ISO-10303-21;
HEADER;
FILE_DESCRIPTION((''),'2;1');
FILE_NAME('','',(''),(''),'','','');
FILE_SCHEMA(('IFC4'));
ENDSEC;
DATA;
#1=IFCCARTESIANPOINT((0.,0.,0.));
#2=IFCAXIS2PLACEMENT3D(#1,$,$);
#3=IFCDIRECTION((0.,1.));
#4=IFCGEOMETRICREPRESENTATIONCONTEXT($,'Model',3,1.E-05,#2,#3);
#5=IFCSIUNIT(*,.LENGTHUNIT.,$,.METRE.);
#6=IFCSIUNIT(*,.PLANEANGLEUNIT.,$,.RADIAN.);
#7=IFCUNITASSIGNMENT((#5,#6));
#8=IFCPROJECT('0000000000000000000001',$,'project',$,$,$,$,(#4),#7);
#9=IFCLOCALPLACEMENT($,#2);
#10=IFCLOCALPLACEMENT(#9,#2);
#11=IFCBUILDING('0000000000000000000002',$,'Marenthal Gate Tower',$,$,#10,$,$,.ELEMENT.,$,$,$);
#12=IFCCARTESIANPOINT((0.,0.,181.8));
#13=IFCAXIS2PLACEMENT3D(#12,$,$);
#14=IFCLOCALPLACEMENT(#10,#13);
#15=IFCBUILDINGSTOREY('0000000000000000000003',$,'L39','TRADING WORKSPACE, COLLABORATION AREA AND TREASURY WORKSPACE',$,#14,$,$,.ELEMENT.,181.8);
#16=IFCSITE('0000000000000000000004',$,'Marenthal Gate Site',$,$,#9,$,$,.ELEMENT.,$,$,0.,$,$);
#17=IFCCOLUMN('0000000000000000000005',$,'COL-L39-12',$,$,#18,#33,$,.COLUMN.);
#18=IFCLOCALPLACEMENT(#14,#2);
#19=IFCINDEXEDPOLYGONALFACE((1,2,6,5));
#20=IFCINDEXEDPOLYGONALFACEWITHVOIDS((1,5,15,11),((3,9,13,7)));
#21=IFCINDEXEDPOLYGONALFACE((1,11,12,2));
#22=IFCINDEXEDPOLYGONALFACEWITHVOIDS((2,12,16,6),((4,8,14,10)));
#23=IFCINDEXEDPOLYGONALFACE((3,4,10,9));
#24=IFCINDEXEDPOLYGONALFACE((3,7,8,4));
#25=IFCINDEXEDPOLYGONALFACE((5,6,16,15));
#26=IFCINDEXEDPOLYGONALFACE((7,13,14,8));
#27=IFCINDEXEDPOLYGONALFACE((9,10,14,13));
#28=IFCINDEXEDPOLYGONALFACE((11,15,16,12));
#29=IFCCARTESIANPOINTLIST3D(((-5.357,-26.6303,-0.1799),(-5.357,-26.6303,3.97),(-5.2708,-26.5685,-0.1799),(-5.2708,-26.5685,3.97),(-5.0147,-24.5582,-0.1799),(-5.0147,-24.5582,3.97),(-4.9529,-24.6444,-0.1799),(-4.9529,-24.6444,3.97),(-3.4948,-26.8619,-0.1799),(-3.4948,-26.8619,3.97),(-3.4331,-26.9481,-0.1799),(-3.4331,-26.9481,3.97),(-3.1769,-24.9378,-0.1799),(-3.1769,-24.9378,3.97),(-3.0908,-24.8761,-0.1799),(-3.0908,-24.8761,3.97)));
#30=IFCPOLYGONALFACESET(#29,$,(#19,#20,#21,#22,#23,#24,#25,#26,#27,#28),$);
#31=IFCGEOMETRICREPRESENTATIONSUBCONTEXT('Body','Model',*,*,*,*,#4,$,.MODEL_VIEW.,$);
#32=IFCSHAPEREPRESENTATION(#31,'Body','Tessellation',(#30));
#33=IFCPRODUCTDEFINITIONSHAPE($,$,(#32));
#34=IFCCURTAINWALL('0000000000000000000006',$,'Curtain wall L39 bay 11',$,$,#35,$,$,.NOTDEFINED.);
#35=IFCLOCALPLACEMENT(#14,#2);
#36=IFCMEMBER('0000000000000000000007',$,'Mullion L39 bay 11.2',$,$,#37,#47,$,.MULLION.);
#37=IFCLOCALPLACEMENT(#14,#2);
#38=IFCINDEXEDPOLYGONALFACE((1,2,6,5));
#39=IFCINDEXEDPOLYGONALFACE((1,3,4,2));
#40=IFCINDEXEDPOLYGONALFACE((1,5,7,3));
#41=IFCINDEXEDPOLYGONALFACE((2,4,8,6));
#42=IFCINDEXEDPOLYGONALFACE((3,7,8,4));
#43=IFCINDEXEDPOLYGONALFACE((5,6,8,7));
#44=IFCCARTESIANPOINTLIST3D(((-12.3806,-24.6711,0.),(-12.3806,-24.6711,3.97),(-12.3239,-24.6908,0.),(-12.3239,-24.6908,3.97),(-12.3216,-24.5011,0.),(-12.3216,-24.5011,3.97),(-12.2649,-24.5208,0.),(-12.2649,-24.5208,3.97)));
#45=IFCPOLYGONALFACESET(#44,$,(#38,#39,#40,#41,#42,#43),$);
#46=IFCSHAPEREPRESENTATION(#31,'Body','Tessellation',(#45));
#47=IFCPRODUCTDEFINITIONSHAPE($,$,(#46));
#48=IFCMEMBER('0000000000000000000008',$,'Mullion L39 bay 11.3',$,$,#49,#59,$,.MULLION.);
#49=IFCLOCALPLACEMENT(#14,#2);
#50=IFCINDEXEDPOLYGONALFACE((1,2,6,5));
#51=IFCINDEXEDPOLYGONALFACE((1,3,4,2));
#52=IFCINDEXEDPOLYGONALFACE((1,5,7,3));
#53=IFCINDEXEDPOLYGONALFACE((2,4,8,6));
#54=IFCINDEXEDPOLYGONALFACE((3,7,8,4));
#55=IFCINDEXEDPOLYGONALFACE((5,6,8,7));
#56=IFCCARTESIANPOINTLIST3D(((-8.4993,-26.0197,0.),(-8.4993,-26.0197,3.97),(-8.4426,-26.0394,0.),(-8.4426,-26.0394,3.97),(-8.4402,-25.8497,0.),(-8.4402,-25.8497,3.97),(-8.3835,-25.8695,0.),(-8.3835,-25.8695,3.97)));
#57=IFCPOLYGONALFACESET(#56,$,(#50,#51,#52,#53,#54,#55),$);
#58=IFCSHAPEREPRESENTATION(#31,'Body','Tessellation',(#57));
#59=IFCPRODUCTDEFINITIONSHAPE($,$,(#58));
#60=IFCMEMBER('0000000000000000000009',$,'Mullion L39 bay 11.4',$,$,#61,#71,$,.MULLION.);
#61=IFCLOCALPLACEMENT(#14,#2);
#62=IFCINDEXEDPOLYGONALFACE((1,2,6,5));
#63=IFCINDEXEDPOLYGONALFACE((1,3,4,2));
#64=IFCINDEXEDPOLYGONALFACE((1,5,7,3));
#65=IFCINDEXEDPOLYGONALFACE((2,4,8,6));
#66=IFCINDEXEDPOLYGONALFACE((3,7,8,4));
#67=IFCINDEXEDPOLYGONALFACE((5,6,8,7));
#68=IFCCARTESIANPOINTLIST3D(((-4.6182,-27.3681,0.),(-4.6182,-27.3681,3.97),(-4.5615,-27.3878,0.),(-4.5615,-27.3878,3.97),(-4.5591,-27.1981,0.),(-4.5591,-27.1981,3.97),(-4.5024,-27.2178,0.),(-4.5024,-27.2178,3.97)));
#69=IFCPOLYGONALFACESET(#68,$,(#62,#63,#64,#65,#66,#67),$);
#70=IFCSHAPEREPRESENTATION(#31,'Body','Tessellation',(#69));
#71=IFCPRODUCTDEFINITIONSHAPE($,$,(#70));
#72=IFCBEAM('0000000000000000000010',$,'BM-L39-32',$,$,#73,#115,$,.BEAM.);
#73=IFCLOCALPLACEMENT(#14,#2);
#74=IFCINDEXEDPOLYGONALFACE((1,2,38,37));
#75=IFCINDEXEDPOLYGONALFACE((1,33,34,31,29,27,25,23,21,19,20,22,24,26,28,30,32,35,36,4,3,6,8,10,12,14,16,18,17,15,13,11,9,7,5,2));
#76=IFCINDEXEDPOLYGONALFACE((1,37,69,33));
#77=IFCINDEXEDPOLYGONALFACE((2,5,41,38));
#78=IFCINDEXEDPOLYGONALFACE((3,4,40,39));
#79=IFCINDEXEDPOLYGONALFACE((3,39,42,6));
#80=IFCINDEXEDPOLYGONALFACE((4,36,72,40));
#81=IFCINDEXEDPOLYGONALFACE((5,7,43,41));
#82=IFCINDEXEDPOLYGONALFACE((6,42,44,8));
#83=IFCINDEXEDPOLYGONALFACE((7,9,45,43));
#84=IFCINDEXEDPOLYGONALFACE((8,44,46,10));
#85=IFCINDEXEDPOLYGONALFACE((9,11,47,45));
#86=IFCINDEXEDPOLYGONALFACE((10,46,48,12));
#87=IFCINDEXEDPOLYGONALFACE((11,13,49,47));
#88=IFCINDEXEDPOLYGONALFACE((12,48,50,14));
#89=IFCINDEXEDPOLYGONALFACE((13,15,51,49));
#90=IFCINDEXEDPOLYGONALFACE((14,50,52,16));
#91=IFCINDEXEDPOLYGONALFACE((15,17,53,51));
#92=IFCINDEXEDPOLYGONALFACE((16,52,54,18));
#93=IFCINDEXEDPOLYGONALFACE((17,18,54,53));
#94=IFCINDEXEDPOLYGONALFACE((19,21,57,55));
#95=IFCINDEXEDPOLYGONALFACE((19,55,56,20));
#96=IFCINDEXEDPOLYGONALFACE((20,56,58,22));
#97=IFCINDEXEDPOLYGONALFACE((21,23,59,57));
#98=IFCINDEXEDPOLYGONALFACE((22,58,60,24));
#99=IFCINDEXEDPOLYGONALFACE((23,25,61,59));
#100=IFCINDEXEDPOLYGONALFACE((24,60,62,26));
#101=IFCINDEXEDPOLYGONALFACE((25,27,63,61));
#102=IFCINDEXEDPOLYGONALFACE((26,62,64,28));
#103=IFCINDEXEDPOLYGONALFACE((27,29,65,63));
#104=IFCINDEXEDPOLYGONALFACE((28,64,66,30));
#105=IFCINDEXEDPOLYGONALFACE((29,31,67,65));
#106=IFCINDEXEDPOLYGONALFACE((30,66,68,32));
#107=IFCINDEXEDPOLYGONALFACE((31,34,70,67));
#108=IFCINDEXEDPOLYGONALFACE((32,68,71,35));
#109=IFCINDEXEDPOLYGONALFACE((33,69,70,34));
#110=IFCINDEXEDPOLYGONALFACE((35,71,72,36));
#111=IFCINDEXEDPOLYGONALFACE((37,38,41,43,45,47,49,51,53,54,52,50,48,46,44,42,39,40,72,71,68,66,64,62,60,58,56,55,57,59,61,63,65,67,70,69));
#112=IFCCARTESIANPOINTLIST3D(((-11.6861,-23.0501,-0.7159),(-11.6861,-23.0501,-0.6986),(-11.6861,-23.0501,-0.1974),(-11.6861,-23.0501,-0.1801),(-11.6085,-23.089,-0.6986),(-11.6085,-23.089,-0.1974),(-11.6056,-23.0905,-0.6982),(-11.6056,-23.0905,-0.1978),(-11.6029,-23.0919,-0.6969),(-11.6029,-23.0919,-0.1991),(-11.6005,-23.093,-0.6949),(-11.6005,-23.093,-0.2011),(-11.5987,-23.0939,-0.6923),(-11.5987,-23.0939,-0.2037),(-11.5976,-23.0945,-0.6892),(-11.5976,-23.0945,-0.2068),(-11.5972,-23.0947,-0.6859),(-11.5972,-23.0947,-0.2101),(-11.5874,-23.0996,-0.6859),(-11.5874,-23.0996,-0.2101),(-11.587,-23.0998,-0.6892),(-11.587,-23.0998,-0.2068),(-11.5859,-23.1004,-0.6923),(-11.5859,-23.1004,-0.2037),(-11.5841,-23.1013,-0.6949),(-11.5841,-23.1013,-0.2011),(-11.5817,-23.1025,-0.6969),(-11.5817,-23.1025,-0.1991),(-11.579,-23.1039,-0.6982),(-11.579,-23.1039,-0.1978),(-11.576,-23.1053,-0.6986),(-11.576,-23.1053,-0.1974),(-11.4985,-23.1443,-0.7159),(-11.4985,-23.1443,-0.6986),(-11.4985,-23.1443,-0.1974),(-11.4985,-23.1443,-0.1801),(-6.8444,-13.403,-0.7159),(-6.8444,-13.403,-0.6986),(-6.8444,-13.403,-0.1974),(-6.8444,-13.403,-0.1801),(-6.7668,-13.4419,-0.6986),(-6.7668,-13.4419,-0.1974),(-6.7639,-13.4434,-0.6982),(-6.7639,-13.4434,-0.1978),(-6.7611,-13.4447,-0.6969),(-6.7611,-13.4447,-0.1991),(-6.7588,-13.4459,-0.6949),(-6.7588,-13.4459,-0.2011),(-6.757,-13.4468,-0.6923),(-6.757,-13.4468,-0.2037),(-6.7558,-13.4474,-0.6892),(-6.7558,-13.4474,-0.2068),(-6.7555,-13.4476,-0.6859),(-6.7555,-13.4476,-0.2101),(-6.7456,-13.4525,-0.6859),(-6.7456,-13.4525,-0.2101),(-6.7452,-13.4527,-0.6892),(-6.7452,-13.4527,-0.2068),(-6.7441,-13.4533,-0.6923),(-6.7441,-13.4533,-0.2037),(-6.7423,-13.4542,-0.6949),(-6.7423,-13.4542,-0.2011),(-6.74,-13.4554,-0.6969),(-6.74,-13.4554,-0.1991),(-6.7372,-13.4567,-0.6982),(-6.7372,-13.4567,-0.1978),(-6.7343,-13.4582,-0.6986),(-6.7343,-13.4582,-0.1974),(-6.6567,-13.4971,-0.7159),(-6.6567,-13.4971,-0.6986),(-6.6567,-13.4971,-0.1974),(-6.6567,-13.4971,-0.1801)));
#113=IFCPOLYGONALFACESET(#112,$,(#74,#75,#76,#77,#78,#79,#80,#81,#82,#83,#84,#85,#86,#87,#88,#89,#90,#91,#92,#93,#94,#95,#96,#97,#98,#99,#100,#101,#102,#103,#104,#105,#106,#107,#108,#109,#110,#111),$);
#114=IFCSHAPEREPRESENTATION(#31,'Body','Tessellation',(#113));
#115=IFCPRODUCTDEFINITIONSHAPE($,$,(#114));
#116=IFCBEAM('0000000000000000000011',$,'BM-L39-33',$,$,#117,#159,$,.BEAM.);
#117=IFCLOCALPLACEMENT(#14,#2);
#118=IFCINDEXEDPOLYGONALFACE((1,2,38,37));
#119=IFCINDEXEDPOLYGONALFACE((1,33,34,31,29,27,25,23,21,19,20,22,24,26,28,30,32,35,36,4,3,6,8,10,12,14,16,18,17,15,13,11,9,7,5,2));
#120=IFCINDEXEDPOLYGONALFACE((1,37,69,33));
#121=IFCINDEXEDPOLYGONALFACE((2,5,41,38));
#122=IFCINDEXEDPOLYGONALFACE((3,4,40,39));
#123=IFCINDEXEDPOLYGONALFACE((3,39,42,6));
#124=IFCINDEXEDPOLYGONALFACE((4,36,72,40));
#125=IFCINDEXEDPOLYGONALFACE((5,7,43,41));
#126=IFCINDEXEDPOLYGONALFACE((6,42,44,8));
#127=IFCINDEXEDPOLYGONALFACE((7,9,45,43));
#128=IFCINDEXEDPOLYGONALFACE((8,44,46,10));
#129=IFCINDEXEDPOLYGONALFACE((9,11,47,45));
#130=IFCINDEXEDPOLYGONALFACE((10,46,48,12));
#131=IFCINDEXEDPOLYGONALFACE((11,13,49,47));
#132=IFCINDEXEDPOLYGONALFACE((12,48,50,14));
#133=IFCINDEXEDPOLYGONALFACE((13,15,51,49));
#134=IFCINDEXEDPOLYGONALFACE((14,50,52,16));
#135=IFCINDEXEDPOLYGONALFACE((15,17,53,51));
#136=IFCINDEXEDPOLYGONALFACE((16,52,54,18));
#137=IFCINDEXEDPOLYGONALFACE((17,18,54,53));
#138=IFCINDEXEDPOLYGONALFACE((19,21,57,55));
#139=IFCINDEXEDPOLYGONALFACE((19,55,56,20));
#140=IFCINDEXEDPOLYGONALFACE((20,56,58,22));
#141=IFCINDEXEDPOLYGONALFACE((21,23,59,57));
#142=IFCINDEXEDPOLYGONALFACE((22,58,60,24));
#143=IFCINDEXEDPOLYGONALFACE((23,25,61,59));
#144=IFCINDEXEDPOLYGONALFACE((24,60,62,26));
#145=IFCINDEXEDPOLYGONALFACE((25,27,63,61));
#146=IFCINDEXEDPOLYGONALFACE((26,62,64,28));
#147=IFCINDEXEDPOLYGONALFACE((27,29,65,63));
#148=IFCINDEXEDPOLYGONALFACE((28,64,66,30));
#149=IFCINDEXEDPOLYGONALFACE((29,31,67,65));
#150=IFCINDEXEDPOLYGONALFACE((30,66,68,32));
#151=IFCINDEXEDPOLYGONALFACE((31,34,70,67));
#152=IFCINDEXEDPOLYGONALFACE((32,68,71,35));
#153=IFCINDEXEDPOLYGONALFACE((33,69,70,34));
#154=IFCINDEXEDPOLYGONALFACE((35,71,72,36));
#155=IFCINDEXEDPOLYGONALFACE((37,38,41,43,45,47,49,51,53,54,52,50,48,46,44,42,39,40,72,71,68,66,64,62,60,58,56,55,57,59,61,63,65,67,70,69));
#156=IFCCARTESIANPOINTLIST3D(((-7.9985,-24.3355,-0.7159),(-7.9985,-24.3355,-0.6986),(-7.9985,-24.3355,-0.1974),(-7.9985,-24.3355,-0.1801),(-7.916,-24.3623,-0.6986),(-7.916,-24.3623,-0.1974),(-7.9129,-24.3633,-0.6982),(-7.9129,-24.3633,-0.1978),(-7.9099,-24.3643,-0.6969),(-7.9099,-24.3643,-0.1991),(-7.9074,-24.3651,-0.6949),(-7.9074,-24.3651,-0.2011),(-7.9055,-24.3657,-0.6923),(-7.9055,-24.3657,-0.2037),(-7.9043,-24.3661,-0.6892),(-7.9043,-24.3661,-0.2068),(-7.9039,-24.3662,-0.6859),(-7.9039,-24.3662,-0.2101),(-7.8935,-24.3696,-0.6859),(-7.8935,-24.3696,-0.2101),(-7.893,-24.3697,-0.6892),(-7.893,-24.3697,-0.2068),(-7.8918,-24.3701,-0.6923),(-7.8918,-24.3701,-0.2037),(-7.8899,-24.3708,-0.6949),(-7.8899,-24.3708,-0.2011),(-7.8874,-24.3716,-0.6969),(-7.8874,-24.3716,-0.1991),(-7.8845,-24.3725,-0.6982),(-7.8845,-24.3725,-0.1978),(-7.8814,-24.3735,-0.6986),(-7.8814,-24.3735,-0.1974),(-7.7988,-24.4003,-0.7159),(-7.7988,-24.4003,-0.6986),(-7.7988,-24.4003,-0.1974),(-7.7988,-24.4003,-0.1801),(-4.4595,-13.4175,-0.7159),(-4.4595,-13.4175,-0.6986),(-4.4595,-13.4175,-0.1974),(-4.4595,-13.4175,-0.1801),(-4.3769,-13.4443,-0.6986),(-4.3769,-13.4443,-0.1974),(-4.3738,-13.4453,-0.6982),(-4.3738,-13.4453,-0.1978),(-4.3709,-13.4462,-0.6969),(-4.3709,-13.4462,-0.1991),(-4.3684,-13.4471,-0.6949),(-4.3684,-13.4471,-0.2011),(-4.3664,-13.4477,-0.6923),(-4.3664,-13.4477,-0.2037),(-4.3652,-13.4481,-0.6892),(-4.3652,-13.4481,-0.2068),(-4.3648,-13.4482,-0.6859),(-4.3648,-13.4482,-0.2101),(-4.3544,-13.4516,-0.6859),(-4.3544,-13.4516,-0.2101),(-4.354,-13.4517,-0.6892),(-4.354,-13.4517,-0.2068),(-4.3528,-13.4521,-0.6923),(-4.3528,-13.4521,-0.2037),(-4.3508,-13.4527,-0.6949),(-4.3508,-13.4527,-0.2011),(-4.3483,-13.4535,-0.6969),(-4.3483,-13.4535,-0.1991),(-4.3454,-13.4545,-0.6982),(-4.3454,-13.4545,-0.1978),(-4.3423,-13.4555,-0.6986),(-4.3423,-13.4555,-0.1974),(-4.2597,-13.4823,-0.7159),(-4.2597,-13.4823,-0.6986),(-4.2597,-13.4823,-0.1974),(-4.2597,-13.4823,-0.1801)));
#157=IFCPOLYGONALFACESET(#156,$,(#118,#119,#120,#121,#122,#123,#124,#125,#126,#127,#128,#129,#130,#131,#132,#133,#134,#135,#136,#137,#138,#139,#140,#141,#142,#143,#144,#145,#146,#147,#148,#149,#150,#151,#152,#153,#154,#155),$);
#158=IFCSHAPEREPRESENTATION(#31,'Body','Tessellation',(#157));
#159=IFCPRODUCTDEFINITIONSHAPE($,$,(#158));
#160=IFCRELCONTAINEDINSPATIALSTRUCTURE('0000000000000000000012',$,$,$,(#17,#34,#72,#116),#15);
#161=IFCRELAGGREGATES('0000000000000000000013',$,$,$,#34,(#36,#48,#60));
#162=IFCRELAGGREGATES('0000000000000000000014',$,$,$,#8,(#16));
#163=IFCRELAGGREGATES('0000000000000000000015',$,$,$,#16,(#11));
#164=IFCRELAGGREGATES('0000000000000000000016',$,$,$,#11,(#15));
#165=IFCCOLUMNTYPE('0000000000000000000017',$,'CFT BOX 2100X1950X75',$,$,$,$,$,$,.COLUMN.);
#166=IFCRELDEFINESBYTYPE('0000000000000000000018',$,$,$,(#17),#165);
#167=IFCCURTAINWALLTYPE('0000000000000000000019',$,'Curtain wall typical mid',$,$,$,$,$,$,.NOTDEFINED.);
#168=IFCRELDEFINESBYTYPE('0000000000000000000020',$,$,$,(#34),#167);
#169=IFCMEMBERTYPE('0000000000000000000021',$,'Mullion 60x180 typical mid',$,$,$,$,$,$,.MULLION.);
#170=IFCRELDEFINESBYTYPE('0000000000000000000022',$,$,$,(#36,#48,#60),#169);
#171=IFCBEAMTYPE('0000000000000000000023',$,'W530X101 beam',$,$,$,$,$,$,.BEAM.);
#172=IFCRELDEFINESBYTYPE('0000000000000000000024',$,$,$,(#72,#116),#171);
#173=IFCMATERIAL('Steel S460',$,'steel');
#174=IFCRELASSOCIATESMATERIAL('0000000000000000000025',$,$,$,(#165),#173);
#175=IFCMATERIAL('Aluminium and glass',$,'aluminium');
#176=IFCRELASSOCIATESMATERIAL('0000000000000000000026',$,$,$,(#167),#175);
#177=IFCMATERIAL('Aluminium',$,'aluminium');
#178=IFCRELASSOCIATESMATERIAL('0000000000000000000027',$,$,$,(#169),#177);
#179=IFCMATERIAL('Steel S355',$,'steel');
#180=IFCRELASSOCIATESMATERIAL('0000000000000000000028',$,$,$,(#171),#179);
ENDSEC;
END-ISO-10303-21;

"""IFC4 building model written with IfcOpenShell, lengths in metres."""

from ifc_helpers import new_model, si_unit, direction, frame, origin, origin_2d, place, context, subcontext, project, spatial, rectangle, hollow_rectangle, i_section, extrude, material, material_profile, profile_set, type_object, element, aggregate, save


model = new_model("IFC4")

# Units and contexts
model_context = context("Model", 3, precision=1e-05, world=origin(), true_north=direction((0.0, 1.0)))
body_context = subcontext(model_context, "Body", "Model", "MODEL_VIEW")
ifc_project = project(units=[si_unit("LENGTHUNIT", "METRE"), si_unit("PLANEANGLEUNIT", "RADIAN")], contexts=[model_context])

# Site, building, storey
site_placement = place(None, origin())
site = spatial("IfcSite", under=ifc_project, at=site_placement, Name="Marenthal Gate Site", CompositionType="ELEMENT", RefElevation=0.0)
building_placement = place(site_placement, origin())
building = spatial("IfcBuilding", under=site, at=building_placement, Name="Marenthal Gate Tower", CompositionType="ELEMENT")
storey_placement = place(building_placement, frame((0.0, 0.0, 181.8)))
storey = spatial("IfcBuildingStorey", under=building, at=storey_placement, Name="L39", Description="TRADING WORKSPACE, COLLABORATION AREA AND TREASURY WORKSPACE", CompositionType="ELEMENT", Elevation=181.8)

# Column
ifc_material_1 = material(Name="Steel S460", Category="steel")
ifc_material_profile_1 = material_profile(ifc_material_1, hollow_rectangle(XDim=1.95, YDim=2.1001, WallThickness=0.075, at=origin_2d()), Name="CFT BOX 2100X1950X75")
ifc_material_2 = material(Name="Concrete 70 MPa", Category="concrete")
ifc_material_profile_2 = material_profile(ifc_material_2, rectangle(XDim=1.8, YDim=1.95, at=origin_2d()), Name="CFT BOX 2100X1950X75 INFILL")
ifc_profile_set_1 = profile_set([ifc_material_profile_1, ifc_material_profile_2], Name="Steel S460 shell, Concrete 70 MPa infill")
column_type = type_object("IfcColumnType", Name="CFT BOX 2100X1950X75", PredefinedType="COLUMN", material=ifc_profile_set_1)
column_placement = place(storey_placement, frame((-4.2239, -25.7532, -0.1799), z_axis=(0.0, 0.0, 1.0), x_axis=(-0.986625, 0.163004, 0.0)))
element("IfcColumn", 1, at=column_placement, inside=storey, type_object=column_type, Name="COL-L39-12", PredefinedType="COLUMN", context=body_context, shape_type="SweptSolid", body=[
    extrude(hollow_rectangle(XDim=1.95, YDim=2.1001, WallThickness=0.075, at=origin_2d()), origin(), (0.0, 0.0, 1.0), 4.1499),
])

# Curtain wall, members
ifc_material_3 = material(Name="Aluminium and glass", Category="aluminium")
curtain_wall_type = type_object("IfcCurtainWallType", Name="Curtain wall typical mid", PredefinedType="NOTDEFINED", material=ifc_material_3)
curtain_wall_placement = place(storey_placement, origin())
curtain_wall = element("IfcCurtainWall", 2, at=curtain_wall_placement, inside=storey, type_object=curtain_wall_type, Name="Curtain wall L39 bay 11", PredefinedType="NOTDEFINED")
ifc_material_4 = material(Name="Aluminium", Category="aluminium")
ifc_material_profile_3 = material_profile(ifc_material_4, rectangle(XDim=0.1799, YDim=0.0601, at=origin_2d()), Name="60x180 aluminium mullion")
ifc_profile_set_2 = profile_set([ifc_material_profile_3], Name="Aluminium")
member_type = type_object("IfcMemberType", Name="Mullion 60x180 typical mid", PredefinedType="MULLION", material=ifc_profile_set_2)
member_1_placement = place(storey_placement, frame((-12.3228, -24.5959, 0.0), z_axis=(0.0, 0.0, 1.0), x_axis=(0.328211, 0.944604, 0.0)))
member_1 = element("IfcMember", 3, at=member_1_placement, type_object=member_type, Name="Mullion L39 bay 11.2", PredefinedType="MULLION", context=body_context, shape_type="SweptSolid", body=[
    extrude(rectangle(XDim=0.1799, YDim=0.0601, at=origin_2d()), origin(), (0.0, 0.0, 1.0), 3.97),
])
member_2_placement = place(storey_placement, frame((-8.4414, -25.9446, 0.0), z_axis=(0.0, 0.0, 1.0), x_axis=(0.328211, 0.944604, 0.0)))
member_2 = element("IfcMember", 4, at=member_2_placement, type_object=member_type, Name="Mullion L39 bay 11.3", PredefinedType="MULLION", context=body_context, shape_type="SweptSolid", body=[
    extrude(rectangle(XDim=0.1799, YDim=0.0601, at=origin_2d()), origin(), (0.0, 0.0, 1.0), 3.97),
])
member_3_placement = place(storey_placement, frame((-4.5603, -27.293, 0.0), z_axis=(0.0, 0.0, 1.0), x_axis=(0.328211, 0.944604, 0.0)))
member_3 = element("IfcMember", 5, at=member_3_placement, type_object=member_type, Name="Mullion L39 bay 11.4", PredefinedType="MULLION", context=body_context, shape_type="SweptSolid", body=[
    extrude(rectangle(XDim=0.1799, YDim=0.0601, at=origin_2d()), origin(), (0.0, 0.0, 1.0), 3.97),
])

# Beams
ifc_material_5 = material(Name="Steel S355", Category="steel")
ifc_material_profile_4 = material_profile(ifc_material_5, i_section(OverallWidth=0.21, OverallDepth=0.5359, WebThickness=0.011, FlangeThickness=0.0173, FilletRadius=0.0127, at=origin_2d()), Name="W530X101")
ifc_profile_set_3 = profile_set([ifc_material_profile_4], Name="Steel S355")
beam_type_1 = type_object("IfcBeamType", Name="W530X101 beam", PredefinedType="BEAM", material=ifc_profile_set_3)
beam_1_placement = place(storey_placement, frame((-11.5923, -23.0972, -0.448), z_axis=(0.448561, 0.893752, 0.0), x_axis=(-0.893752, 0.448561, 0.0)))
element("IfcBeam", 6, at=beam_1_placement, inside=storey, type_object=beam_type_1, Name="BM-L39-32", PredefinedType="BEAM", context=body_context, shape_type="SweptSolid", body=[
    extrude(i_section(OverallWidth=0.21, OverallDepth=0.5359, WebThickness=0.011, FlangeThickness=0.0173, FilletRadius=0.0127, at=origin_2d()), origin(), (0.0, 0.0, 1.0), 10.7939),
])
beam_2_placement = place(storey_placement, frame((-7.8987, -24.3679, -0.448), z_axis=(0.308355, 0.951271, 0.0), x_axis=(-0.951271, 0.308355, 0.0)))
element("IfcBeam", 7, at=beam_2_placement, inside=storey, type_object=beam_type_1, Name="BM-L39-33", PredefinedType="BEAM", context=body_context, shape_type="SweptSolid", body=[
    extrude(i_section(OverallWidth=0.21, OverallDepth=0.5359, WebThickness=0.011, FlangeThickness=0.0173, FilletRadius=0.0127, at=origin_2d()), origin(), (0.0, 0.0, 1.0), 11.4773),
])

aggregate(curtain_wall, [member_1, member_2, member_3])

save(model, "model.ifc")
